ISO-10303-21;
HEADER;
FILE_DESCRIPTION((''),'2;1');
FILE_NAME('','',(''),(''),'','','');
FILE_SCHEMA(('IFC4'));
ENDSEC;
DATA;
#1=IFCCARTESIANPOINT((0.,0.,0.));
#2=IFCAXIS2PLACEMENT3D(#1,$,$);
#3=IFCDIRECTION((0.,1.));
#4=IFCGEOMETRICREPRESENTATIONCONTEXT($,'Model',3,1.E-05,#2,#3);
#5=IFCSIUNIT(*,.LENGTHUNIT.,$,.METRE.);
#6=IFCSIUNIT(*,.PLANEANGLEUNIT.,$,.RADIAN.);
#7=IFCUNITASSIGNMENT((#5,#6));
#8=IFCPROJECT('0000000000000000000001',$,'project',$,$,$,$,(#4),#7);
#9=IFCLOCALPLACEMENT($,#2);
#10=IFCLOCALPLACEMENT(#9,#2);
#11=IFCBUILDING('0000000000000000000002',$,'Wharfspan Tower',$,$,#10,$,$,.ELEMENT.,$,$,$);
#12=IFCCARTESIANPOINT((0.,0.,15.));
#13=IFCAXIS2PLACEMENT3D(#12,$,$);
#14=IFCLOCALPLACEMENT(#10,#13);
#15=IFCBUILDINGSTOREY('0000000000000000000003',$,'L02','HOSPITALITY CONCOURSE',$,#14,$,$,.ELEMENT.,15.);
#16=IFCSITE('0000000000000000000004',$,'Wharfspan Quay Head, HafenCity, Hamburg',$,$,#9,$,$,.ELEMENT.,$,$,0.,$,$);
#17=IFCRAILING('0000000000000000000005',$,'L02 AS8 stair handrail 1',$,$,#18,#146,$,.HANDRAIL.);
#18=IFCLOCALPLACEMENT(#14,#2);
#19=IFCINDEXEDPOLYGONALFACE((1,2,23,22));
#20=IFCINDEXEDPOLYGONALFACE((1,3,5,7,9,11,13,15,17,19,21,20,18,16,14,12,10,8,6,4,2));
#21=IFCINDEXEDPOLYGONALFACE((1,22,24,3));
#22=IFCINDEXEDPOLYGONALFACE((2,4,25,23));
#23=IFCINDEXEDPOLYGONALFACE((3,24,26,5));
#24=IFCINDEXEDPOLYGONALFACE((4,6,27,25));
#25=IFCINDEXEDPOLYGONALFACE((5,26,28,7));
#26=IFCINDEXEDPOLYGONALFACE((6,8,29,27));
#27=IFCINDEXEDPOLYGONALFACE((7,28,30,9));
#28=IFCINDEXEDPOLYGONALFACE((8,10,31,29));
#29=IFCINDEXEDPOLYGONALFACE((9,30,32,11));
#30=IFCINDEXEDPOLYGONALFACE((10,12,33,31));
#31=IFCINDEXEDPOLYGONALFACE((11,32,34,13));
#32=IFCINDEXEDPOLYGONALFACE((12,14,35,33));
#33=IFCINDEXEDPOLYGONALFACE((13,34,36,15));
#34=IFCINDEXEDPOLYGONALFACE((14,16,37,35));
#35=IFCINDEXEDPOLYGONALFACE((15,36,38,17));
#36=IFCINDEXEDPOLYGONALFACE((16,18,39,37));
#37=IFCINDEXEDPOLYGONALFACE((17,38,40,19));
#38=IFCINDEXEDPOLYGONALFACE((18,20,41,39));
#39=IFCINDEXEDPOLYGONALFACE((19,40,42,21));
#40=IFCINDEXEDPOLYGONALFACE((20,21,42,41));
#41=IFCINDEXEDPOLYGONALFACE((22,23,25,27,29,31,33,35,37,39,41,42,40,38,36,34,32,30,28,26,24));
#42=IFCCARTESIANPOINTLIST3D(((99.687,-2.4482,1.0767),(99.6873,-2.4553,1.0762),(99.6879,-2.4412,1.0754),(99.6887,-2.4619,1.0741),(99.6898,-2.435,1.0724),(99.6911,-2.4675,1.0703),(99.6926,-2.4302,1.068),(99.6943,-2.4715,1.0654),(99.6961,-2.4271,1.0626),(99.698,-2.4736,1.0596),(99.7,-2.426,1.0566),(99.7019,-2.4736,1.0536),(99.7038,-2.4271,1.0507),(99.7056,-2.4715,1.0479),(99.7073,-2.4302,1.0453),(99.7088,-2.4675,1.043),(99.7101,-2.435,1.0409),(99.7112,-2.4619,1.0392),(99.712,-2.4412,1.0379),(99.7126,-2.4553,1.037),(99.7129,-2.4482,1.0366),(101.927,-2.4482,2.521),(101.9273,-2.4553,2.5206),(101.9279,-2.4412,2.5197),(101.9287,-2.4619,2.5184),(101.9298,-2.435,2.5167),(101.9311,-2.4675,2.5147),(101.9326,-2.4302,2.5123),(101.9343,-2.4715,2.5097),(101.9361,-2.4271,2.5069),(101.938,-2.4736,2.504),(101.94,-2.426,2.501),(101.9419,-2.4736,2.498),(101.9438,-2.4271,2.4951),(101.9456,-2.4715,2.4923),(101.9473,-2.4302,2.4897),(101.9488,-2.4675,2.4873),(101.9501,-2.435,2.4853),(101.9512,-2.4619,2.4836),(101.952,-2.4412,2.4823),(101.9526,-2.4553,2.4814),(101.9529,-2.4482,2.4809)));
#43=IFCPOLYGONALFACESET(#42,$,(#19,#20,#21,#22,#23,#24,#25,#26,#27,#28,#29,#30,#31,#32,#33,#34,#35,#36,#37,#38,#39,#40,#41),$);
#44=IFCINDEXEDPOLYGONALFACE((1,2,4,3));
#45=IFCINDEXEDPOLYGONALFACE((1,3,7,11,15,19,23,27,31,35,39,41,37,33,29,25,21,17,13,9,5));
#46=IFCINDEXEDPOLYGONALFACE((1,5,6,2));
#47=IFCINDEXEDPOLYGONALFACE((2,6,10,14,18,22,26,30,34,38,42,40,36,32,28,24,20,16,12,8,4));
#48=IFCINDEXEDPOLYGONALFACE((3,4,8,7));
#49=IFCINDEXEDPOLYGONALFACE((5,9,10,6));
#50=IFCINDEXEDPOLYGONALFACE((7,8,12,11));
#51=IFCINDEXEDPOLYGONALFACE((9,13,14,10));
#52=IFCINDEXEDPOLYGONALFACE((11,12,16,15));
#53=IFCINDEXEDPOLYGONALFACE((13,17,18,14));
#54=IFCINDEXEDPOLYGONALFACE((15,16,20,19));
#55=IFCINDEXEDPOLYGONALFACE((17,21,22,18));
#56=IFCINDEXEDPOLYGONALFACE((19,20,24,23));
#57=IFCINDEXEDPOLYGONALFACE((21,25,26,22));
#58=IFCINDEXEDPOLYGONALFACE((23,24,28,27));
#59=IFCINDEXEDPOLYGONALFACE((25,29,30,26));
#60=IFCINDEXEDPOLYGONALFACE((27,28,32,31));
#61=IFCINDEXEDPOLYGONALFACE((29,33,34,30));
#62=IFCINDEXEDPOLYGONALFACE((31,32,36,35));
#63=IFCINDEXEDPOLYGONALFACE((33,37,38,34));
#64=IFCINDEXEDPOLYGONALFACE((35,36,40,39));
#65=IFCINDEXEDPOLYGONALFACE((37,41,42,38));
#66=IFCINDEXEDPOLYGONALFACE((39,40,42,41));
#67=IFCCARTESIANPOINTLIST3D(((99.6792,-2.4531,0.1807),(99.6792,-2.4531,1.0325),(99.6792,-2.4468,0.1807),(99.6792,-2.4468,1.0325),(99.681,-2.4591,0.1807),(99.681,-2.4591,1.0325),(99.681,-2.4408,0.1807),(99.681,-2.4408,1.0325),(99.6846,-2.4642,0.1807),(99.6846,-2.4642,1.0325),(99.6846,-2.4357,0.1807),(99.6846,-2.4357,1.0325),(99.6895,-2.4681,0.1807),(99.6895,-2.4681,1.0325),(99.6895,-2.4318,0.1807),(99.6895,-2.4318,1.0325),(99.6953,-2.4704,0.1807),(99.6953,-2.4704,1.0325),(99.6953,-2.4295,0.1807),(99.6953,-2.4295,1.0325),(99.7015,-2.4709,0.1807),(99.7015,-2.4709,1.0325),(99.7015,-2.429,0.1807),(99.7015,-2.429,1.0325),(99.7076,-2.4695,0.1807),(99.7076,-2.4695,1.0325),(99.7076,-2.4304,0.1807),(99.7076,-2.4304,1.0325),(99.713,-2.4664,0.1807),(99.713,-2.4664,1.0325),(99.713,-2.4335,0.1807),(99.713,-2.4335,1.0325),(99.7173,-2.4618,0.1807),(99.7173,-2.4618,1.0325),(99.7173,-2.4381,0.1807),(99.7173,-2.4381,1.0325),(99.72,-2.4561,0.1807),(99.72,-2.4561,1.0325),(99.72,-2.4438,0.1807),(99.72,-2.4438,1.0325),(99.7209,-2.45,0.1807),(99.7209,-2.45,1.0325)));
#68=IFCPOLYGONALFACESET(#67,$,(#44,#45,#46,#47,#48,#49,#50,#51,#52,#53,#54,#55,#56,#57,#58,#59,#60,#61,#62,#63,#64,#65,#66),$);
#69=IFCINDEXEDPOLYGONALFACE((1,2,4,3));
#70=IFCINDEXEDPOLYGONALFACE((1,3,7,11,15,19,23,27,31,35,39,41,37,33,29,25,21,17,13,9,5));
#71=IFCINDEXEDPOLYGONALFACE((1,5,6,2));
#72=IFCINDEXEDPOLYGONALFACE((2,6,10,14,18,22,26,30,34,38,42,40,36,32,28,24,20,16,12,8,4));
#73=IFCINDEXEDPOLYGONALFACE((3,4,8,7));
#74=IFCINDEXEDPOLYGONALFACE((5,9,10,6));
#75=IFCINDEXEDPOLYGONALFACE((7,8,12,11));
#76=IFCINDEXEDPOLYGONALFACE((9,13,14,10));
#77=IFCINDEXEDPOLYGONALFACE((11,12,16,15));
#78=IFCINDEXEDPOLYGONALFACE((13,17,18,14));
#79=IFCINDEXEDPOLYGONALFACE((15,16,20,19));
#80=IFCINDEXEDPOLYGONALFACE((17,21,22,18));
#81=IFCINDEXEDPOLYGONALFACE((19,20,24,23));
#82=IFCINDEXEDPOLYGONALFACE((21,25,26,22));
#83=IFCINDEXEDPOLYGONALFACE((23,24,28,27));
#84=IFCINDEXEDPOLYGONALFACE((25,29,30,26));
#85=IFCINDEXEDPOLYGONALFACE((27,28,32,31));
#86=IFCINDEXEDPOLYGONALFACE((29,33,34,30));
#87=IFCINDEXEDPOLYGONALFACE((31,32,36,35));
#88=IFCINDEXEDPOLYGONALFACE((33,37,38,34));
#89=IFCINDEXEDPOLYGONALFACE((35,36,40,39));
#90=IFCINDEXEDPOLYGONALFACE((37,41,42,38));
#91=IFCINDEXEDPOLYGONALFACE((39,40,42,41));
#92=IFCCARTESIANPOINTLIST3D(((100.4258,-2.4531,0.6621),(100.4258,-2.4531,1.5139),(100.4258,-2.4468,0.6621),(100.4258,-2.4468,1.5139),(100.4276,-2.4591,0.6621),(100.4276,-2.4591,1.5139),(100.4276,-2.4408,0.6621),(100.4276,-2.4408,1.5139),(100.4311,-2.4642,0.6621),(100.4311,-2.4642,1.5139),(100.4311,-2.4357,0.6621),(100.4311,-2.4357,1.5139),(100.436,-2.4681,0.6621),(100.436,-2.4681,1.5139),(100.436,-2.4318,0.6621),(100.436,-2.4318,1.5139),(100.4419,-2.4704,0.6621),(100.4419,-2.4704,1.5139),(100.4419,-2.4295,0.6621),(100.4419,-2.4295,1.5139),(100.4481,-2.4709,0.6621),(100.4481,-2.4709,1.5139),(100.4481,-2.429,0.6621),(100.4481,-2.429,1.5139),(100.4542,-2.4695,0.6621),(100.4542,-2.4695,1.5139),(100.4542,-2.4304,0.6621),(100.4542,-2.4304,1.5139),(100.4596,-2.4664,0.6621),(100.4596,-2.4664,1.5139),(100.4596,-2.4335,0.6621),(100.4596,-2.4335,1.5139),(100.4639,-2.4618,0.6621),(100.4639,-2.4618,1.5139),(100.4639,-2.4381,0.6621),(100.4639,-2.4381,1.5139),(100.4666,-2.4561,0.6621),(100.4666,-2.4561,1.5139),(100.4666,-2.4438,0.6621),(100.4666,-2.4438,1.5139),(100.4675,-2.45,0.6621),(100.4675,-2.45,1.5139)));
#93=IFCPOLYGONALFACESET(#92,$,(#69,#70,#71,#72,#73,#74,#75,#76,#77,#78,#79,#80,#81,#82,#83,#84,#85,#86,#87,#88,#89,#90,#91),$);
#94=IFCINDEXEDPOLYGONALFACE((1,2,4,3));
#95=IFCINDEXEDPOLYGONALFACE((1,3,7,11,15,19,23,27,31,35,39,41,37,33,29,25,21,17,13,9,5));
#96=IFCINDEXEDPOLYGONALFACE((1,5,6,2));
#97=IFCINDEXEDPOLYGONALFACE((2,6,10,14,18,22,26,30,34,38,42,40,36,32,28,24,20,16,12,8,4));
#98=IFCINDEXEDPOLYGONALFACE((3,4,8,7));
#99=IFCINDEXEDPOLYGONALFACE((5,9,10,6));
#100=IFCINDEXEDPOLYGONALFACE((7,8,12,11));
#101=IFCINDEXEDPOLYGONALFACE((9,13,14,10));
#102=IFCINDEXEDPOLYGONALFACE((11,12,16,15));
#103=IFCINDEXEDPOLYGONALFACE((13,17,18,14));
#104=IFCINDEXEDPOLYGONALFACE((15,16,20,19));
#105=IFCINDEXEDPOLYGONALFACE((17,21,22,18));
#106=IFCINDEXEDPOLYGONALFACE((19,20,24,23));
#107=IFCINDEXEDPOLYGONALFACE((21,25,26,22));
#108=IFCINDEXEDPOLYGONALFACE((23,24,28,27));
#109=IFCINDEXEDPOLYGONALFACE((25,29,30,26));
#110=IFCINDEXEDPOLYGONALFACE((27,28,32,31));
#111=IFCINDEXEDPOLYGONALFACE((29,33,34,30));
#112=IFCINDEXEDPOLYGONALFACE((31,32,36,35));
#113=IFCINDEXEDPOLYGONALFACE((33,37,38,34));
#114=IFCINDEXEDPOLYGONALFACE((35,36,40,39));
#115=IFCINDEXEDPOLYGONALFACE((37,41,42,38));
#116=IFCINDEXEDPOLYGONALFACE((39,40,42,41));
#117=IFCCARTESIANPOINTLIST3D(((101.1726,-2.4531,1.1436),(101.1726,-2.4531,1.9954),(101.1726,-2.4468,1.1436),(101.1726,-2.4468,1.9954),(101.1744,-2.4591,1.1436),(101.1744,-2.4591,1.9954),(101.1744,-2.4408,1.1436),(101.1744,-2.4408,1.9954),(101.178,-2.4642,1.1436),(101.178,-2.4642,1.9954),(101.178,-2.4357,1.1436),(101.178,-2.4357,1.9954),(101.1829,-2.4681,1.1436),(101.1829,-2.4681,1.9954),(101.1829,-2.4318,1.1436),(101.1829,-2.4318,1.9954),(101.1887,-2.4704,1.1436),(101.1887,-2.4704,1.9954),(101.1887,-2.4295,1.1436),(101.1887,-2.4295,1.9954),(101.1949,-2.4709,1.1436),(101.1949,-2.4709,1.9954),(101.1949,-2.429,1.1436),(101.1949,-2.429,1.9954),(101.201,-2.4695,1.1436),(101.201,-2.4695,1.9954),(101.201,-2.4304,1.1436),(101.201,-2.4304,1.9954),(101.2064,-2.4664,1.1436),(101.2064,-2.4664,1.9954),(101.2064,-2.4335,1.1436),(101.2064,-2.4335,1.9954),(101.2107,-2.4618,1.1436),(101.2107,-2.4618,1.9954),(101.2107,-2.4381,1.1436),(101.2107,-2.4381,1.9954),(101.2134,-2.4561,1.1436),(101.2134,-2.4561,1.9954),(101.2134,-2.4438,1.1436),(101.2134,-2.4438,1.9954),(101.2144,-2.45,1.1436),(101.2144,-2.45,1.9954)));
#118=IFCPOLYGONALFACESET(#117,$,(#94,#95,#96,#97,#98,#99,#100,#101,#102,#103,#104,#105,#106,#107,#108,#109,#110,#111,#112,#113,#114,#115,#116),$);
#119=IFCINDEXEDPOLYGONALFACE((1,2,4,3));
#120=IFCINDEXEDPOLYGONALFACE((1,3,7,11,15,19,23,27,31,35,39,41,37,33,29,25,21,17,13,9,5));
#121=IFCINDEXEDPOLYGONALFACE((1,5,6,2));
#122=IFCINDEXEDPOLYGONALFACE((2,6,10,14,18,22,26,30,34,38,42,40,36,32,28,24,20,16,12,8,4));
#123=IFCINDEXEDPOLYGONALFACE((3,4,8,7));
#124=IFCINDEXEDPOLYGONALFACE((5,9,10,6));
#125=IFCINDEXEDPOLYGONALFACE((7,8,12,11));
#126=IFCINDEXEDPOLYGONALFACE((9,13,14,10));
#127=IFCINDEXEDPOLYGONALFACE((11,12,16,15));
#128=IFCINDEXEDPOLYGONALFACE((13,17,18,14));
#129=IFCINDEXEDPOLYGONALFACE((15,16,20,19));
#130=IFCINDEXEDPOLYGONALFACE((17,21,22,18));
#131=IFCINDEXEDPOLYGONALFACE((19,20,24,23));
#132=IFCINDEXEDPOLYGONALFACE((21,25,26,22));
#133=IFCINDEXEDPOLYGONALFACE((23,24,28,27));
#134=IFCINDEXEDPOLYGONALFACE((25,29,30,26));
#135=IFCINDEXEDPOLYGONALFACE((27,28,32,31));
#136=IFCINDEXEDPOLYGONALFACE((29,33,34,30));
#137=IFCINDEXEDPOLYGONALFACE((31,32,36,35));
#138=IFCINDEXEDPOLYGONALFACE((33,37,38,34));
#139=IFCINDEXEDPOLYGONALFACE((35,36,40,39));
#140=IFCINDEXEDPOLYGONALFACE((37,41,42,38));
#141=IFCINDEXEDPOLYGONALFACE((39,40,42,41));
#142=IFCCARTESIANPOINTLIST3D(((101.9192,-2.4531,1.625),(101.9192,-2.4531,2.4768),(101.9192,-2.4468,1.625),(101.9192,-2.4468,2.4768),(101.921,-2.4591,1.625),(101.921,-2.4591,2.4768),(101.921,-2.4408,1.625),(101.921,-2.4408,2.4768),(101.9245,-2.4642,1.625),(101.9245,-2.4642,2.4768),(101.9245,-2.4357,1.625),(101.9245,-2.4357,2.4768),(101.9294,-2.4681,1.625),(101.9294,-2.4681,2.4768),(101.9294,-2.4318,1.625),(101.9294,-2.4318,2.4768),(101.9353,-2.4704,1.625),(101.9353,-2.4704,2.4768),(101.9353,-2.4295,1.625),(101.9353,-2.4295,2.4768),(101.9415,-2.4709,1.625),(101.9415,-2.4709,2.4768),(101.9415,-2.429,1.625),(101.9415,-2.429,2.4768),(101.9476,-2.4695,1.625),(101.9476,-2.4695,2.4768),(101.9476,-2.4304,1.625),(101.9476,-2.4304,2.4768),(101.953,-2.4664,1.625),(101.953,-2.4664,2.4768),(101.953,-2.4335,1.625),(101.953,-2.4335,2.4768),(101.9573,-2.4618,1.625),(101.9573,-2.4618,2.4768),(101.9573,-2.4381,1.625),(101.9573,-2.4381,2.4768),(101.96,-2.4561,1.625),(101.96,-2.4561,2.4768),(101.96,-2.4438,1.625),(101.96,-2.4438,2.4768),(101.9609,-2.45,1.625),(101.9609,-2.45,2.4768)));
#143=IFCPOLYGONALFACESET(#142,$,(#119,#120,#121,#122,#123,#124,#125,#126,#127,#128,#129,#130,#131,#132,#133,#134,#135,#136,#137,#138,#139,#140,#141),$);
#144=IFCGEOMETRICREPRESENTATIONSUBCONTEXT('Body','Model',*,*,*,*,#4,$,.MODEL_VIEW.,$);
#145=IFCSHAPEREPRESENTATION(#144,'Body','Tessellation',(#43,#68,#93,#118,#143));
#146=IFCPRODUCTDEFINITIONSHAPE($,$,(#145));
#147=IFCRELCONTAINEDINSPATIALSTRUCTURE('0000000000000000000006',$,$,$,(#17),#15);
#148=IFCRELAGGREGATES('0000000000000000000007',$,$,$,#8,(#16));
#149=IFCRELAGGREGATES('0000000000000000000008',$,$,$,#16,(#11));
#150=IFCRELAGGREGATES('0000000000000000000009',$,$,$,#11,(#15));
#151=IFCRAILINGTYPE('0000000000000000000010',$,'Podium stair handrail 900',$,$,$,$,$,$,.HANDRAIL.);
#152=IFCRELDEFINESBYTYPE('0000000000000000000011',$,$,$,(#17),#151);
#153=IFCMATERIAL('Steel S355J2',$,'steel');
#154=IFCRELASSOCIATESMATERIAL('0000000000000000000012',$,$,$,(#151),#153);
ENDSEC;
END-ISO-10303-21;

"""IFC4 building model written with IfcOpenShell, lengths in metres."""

from ifc_helpers import new_model, si_unit, direction, frame, origin, origin_2d, place, context, subcontext, project, spatial, circle, extrude, material, type_object, element, save


model = new_model("IFC4")

# Units and contexts
model_context = context("Model", 3, precision=1e-05, world=origin(), true_north=direction((0.0, 1.0)))
body_context = subcontext(model_context, "Body", "Model", "MODEL_VIEW")
ifc_project = project(units=[si_unit("LENGTHUNIT", "METRE"), si_unit("PLANEANGLEUNIT", "RADIAN")], contexts=[model_context])

# Site, building, storey
site_placement = place(None, origin())
site = spatial("IfcSite", under=ifc_project, at=site_placement, Name="Wharfspan Quay Head, HafenCity, Hamburg", CompositionType="ELEMENT", RefElevation=0.0)
building_placement = place(site_placement, origin())
building = spatial("IfcBuilding", under=site, at=building_placement, Name="Wharfspan Tower", CompositionType="ELEMENT")
storey_placement = place(building_placement, frame((0.0, 0.0, 15.0)))
storey = spatial("IfcBuildingStorey", under=building, at=storey_placement, Name="L02", Description="HOSPITALITY CONCOURSE", CompositionType="ELEMENT", Elevation=15.0)

# Railing
ifc_material_1 = material(Name="Steel S355J2", Category="steel")
railing_type_1 = type_object("IfcRailingType", Name="Podium stair handrail 900", PredefinedType="HANDRAIL", material=ifc_material_1)
for number, where, name in (
    (1, (99.7, -2.45, 0.1807), "L02 AS8 stair handrail 1"),
):
    element("IfcRailing", number, at=place(storey_placement, frame(where)), inside=storey, type_object=railing_type_1, Name=name, PredefinedType="HANDRAIL", context=body_context, shape_type="SweptSolid", body=[
        extrude(circle(Radius=0.0239, at=origin_2d()), frame((0.0, 0.0, 0.876), z_axis=(0.840437, 0.0, 0.54191), x_axis=(0.0, 1.0, 0.0)), (0.0, 0.0, 1.0), 2.6653),
        extrude(circle(Radius=0.021, at=origin_2d()), origin(), (0.0, 0.0, 1.0), 0.8518),
        extrude(circle(Radius=0.021, at=origin_2d()), frame((0.7466, 0.0, 0.4814)), (0.0, 0.0, 1.0), 0.8518),
        extrude(circle(Radius=0.021, at=origin_2d()), frame((1.4934, 0.0, 0.9629)), (0.0, 0.0, 1.0), 0.8518),
        extrude(circle(Radius=0.021, at=origin_2d()), frame((2.24, 0.0, 1.4443)), (0.0, 0.0, 1.0), 0.8518),
    ])

save(model, "model.ifc")
